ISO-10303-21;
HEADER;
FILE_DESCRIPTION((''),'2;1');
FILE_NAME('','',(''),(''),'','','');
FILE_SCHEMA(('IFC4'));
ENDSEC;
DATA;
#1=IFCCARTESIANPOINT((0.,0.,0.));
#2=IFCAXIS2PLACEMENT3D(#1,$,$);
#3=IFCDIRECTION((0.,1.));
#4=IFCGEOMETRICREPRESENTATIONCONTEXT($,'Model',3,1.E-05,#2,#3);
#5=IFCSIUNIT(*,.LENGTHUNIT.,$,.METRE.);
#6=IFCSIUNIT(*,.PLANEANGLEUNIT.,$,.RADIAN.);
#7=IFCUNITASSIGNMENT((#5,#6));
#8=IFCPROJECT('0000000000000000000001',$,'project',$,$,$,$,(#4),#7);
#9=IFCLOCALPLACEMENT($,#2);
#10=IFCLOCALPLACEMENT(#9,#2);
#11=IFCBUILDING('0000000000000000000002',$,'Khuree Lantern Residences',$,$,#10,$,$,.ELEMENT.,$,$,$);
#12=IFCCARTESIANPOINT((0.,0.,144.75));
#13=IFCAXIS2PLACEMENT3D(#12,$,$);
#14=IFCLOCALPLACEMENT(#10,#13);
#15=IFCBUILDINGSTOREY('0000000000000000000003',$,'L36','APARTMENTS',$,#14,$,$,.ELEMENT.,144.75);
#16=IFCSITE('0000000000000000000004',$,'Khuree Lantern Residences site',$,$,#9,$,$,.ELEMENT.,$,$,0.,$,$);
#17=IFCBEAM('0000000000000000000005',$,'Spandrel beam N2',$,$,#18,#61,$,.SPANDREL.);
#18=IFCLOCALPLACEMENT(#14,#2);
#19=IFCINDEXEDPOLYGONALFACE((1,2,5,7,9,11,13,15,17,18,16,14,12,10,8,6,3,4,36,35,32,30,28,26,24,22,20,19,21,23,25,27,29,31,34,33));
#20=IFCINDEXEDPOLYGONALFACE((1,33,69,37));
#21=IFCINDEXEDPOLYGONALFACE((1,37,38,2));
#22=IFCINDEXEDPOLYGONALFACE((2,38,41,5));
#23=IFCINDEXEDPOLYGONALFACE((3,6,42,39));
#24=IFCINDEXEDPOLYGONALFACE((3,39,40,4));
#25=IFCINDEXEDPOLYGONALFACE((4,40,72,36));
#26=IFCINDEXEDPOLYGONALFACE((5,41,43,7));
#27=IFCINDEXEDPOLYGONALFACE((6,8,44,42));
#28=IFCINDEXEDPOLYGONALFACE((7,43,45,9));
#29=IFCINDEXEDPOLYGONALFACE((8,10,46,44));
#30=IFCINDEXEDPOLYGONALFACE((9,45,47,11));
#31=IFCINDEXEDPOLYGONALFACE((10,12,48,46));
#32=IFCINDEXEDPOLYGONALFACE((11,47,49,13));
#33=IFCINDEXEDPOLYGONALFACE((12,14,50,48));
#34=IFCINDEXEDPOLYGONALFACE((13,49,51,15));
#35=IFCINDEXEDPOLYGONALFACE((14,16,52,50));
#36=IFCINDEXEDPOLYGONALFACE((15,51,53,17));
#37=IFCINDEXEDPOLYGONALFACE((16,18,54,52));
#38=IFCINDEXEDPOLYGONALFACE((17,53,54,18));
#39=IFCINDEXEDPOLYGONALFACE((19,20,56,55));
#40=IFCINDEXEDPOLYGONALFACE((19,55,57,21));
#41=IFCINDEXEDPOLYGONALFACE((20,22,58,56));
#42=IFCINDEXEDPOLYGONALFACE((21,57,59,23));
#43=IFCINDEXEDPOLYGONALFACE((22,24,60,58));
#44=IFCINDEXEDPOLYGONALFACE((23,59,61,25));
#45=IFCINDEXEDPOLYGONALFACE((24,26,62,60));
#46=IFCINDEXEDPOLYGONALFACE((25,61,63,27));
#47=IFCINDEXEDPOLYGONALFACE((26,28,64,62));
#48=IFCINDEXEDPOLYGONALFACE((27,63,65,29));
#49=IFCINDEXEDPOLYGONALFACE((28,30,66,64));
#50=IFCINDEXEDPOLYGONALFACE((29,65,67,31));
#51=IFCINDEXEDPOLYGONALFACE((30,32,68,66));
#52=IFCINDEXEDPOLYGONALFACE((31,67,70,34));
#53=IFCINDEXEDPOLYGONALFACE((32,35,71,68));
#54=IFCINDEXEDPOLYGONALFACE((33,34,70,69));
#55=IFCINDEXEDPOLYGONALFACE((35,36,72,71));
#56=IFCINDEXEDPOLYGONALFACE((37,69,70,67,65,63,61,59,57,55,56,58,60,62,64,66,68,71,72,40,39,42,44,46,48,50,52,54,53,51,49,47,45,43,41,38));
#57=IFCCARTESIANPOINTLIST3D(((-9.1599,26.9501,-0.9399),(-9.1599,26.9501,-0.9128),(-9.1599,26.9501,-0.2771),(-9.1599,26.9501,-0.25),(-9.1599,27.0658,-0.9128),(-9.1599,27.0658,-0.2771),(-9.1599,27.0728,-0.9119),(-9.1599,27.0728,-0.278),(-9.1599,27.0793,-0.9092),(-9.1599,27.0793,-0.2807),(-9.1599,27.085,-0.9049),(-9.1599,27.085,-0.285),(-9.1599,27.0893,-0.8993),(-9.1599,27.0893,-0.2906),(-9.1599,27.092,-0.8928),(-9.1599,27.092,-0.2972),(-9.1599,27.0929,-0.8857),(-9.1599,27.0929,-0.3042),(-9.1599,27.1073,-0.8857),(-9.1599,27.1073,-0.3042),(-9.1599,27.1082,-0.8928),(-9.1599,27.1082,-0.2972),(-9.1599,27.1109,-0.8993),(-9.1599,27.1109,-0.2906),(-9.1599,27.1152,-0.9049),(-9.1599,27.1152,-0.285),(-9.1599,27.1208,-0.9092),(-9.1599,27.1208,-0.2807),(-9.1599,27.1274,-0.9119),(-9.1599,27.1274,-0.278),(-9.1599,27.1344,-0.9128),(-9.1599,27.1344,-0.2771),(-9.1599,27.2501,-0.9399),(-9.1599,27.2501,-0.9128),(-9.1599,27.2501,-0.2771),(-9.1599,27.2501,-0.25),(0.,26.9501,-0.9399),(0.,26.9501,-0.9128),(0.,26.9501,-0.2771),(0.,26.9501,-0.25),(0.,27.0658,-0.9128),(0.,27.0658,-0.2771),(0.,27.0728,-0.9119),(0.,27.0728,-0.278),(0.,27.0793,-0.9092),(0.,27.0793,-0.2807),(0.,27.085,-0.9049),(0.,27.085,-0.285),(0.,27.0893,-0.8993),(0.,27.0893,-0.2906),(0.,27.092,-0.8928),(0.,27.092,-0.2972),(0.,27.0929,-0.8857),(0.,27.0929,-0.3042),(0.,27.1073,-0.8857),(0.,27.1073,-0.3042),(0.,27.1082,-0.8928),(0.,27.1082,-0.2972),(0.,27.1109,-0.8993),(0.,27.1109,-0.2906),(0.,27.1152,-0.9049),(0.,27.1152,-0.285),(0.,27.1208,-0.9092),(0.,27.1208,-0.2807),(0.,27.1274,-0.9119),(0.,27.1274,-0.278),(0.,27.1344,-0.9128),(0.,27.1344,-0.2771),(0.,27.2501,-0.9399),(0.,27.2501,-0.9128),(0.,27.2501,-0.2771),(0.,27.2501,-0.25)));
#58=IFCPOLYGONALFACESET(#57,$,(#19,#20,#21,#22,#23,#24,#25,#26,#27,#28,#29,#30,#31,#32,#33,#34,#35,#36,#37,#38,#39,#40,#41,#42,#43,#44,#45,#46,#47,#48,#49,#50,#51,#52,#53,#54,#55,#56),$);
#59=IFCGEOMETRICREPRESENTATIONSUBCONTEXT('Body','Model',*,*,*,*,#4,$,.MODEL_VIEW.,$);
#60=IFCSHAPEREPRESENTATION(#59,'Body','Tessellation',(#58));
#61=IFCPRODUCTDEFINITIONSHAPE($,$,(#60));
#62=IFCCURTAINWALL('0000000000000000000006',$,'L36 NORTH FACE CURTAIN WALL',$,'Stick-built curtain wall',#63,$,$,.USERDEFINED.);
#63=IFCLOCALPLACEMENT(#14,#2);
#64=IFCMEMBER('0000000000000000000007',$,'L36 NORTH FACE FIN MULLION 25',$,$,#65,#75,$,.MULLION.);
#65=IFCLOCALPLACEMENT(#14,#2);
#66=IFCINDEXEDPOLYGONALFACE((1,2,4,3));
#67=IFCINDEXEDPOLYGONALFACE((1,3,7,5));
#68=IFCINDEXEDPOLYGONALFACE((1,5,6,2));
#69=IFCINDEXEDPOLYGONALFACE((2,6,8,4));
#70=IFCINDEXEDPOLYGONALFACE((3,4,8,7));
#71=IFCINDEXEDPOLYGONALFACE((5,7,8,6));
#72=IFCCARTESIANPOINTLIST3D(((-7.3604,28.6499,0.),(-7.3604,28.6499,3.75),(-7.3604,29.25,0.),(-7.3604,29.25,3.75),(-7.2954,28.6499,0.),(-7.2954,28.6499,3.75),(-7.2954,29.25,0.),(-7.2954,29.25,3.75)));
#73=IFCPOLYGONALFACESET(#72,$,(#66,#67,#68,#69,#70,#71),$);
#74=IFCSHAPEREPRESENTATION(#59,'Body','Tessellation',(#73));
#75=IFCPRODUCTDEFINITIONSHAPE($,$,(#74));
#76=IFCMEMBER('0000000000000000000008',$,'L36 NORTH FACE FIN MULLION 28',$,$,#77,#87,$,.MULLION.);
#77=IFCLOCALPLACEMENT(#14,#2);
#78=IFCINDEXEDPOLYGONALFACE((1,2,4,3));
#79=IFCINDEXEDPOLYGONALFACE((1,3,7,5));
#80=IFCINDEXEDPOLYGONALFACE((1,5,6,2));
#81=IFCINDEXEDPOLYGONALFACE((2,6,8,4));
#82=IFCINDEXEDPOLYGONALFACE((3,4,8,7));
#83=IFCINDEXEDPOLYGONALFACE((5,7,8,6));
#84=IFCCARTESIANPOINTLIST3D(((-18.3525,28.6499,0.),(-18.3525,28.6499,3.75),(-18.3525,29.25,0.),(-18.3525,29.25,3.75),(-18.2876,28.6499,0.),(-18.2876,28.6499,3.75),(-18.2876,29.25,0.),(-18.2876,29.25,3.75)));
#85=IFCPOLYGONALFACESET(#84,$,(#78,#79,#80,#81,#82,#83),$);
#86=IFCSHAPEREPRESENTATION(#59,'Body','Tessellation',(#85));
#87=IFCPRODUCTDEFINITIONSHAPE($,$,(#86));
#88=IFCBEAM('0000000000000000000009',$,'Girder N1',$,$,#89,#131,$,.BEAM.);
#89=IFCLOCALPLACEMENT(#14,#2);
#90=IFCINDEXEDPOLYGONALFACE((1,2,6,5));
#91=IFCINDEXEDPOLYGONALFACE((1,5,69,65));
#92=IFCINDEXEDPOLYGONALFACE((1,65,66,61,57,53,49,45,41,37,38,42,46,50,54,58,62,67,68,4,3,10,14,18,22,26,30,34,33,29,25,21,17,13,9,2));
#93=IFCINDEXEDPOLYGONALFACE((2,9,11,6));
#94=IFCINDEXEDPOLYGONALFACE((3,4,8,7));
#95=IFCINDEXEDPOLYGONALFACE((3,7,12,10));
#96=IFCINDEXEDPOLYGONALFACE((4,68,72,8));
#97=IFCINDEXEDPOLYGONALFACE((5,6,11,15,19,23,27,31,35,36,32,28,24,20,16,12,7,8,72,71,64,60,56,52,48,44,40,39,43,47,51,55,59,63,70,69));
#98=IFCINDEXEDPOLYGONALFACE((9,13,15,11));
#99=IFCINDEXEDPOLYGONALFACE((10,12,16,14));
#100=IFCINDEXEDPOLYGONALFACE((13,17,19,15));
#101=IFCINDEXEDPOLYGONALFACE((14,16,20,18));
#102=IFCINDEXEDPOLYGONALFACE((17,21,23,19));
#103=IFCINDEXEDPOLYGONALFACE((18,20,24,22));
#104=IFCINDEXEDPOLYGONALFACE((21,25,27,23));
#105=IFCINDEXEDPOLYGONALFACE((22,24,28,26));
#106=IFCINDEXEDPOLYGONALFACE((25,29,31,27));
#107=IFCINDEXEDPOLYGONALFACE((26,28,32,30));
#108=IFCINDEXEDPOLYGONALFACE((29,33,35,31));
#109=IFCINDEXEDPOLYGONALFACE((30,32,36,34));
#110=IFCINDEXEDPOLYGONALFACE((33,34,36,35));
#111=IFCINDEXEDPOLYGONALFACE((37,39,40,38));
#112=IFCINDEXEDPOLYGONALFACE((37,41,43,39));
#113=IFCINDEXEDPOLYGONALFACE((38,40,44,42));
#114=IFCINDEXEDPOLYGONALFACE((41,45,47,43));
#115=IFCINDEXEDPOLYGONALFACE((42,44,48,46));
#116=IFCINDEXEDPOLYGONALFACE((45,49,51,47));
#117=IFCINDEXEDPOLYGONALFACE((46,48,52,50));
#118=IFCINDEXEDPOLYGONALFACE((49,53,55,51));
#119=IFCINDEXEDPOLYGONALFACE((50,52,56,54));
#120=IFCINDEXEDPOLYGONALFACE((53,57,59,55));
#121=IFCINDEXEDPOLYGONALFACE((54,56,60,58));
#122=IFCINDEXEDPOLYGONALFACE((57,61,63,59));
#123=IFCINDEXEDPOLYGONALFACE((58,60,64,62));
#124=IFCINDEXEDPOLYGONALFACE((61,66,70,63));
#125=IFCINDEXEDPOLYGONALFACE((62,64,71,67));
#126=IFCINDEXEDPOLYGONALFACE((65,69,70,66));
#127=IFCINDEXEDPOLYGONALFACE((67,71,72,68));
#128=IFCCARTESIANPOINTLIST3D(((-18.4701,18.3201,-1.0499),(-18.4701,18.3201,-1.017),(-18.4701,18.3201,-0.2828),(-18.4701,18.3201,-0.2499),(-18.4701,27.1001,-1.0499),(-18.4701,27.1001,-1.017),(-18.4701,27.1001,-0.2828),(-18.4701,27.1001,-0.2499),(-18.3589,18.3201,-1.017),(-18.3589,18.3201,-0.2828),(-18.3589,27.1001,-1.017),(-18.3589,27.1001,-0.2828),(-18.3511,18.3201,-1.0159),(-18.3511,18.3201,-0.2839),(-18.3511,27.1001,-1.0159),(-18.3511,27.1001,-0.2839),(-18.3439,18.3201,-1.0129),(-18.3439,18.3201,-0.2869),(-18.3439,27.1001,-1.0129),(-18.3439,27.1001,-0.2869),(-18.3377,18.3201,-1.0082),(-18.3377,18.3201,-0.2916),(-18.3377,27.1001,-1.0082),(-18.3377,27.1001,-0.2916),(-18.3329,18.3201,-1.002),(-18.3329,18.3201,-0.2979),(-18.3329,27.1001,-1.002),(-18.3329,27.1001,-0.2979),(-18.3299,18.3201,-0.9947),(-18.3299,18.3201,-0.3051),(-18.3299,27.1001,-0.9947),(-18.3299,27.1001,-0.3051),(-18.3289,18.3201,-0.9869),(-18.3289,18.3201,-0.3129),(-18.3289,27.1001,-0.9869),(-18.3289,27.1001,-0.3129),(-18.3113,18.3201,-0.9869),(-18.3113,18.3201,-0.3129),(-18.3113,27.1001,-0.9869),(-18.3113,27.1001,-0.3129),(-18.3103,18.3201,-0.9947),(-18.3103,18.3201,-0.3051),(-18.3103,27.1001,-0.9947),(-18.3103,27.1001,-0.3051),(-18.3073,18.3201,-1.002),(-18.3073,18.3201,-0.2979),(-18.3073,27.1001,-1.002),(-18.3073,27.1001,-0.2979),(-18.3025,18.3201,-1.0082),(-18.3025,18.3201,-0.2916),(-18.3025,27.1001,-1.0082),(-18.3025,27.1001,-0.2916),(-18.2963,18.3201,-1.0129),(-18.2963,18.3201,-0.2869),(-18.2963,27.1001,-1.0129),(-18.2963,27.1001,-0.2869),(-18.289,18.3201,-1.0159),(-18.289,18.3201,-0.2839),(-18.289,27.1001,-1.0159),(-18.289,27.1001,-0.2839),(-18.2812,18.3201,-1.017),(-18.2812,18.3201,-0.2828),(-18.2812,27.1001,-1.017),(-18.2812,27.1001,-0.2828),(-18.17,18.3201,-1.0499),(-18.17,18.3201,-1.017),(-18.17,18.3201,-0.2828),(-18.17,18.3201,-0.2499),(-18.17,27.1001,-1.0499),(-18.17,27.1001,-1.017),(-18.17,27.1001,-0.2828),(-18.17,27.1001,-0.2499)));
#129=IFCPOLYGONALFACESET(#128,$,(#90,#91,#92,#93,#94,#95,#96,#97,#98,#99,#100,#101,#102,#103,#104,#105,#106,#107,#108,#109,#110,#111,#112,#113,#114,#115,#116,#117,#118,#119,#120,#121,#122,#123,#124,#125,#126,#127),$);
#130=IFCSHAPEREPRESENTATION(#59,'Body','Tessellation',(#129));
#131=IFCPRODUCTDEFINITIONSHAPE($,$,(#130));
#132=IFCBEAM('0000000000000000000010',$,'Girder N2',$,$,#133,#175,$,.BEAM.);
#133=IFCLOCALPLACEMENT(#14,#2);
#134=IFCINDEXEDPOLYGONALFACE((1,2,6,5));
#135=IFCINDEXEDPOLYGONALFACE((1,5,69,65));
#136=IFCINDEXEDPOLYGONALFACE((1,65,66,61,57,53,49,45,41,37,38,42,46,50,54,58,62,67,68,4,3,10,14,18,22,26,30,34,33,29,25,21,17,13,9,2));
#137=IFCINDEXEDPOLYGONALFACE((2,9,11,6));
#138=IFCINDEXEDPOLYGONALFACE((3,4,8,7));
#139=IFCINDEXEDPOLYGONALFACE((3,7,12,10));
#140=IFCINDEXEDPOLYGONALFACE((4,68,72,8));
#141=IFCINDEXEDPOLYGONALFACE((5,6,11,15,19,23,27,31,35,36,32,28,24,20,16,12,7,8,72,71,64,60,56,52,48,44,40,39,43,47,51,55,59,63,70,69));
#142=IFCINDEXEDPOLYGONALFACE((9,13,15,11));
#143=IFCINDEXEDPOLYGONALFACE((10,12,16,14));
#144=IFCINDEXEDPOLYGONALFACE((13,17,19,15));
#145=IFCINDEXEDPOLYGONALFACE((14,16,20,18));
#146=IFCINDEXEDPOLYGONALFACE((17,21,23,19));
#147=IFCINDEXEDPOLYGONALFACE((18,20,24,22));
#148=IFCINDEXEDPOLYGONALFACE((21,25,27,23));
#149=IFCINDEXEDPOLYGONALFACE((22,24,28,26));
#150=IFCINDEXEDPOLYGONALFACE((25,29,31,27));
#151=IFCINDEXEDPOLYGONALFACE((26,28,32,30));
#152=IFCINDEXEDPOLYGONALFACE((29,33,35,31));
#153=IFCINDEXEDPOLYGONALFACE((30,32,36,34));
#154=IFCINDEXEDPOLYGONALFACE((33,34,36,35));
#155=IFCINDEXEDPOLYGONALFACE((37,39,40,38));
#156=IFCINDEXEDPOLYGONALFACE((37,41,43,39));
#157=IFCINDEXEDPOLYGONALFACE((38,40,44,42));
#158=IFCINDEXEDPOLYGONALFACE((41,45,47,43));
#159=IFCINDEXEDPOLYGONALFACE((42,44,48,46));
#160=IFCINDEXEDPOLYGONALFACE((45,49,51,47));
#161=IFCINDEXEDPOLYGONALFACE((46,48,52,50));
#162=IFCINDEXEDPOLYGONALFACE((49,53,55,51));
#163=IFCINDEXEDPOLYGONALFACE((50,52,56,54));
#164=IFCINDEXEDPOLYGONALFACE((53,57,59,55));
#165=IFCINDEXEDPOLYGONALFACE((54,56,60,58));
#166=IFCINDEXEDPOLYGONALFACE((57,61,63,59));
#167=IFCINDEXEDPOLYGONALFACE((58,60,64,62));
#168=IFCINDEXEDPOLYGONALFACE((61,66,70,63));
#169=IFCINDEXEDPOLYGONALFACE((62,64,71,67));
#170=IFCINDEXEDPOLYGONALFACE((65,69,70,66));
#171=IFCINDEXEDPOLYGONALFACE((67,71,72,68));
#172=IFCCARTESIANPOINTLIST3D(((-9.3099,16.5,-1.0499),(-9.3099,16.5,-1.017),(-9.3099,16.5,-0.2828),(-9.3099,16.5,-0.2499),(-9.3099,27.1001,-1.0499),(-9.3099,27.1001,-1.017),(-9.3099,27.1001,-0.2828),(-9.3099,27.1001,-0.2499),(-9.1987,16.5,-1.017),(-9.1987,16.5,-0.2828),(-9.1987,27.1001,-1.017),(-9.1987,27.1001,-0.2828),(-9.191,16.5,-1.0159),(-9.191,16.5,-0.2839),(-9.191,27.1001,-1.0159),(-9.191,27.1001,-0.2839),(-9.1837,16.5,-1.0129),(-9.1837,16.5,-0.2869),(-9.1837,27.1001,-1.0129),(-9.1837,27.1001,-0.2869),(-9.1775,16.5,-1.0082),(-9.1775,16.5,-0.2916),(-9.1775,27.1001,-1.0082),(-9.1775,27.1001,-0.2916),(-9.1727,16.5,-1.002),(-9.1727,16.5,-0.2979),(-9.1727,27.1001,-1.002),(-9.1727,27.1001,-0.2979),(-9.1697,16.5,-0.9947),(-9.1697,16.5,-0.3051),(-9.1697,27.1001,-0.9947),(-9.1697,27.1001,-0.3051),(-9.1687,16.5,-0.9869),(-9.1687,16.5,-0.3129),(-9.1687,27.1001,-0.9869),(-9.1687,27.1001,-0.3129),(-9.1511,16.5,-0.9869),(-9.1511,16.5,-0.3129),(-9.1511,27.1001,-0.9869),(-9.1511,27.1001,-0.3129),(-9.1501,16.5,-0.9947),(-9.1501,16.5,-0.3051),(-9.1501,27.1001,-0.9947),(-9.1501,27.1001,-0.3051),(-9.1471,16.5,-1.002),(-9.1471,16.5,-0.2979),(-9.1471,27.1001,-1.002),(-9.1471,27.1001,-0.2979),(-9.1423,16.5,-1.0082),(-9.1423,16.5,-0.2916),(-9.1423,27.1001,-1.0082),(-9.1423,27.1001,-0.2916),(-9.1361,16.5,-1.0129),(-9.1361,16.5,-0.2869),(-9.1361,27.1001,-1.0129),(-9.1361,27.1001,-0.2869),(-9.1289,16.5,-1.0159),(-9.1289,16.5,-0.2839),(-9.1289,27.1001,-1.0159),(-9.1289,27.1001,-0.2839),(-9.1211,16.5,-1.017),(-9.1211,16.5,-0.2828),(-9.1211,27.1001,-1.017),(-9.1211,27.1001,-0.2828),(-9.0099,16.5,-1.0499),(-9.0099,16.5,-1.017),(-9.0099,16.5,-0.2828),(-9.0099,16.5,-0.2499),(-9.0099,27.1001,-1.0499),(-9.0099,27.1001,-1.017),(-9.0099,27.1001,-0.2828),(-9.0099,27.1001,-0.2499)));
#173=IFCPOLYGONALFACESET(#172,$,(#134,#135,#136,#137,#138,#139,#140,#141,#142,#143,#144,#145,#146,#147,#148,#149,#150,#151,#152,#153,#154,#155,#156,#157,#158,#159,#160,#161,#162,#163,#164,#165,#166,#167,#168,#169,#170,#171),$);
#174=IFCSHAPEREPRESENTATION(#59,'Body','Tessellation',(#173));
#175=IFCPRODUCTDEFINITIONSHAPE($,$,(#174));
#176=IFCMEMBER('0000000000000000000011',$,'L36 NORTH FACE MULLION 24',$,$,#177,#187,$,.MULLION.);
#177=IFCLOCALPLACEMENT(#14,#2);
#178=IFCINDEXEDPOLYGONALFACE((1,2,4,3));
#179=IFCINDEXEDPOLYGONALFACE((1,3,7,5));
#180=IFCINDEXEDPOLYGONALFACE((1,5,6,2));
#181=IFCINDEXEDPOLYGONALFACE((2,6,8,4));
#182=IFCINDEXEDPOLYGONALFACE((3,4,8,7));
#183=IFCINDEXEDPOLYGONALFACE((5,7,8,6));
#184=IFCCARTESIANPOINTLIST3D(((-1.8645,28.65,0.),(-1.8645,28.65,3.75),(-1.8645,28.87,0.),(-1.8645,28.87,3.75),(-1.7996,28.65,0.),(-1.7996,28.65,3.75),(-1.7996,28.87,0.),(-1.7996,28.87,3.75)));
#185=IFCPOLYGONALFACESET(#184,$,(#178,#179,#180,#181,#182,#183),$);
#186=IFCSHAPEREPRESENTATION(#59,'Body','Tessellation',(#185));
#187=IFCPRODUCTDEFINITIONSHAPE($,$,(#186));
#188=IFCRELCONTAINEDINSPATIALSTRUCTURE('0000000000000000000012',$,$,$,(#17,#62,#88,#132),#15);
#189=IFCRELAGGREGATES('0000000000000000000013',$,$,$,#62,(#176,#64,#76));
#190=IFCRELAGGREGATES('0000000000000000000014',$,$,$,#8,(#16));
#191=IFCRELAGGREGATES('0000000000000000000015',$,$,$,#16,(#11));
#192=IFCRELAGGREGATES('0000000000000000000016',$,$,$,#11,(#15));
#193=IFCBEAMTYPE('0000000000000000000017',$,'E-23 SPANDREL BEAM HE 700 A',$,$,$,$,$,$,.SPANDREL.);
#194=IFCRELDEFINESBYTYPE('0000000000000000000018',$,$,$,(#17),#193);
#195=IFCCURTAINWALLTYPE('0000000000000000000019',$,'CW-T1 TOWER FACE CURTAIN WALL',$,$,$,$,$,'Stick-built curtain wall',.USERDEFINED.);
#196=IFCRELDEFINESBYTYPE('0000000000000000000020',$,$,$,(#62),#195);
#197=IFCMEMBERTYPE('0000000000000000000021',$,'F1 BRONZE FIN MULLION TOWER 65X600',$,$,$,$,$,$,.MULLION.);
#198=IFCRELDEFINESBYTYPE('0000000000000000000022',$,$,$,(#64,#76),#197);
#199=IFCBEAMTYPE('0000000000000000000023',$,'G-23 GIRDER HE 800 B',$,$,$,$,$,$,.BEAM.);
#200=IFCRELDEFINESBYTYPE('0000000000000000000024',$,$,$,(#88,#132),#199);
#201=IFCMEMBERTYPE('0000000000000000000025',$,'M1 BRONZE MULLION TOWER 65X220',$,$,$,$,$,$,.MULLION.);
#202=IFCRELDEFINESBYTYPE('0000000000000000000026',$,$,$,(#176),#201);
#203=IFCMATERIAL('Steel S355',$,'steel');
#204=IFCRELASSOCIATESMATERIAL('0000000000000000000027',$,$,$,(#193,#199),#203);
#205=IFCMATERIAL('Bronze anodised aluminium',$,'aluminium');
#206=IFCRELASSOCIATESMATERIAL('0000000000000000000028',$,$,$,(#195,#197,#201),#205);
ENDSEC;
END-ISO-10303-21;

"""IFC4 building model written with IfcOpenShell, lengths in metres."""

from ifc_helpers import new_model, si_unit, direction, frame, origin, origin_2d, place, context, subcontext, project, spatial, rectangle, i_section, extrude, material, material_profile, profile_set, type_object, element, aggregate, save


model = new_model("IFC4")

# Units and contexts
model_context = context("Model", 3, precision=1e-05, world=origin(), true_north=direction((0.0, 1.0)))
body_context = subcontext(model_context, "Body", "Model", "MODEL_VIEW")
ifc_project = project(units=[si_unit("LENGTHUNIT", "METRE"), si_unit("PLANEANGLEUNIT", "RADIAN")], contexts=[model_context])

# Site, building, storey
site_placement = place(None, origin())
site = spatial("IfcSite", under=ifc_project, at=site_placement, Name="Khuree Lantern Residences site", CompositionType="ELEMENT", RefElevation=0.0)
building_placement = place(site_placement, origin())
building = spatial("IfcBuilding", under=site, at=building_placement, Name="Khuree Lantern Residences", CompositionType="ELEMENT")
storey_placement = place(building_placement, frame((0.0, 0.0, 144.75)))
storey = spatial("IfcBuildingStorey", under=building, at=storey_placement, Name="L36", Description="APARTMENTS", CompositionType="ELEMENT", Elevation=144.75)

# Beam
ifc_material_1 = material(Name="Steel S355", Category="steel")
ifc_material_profile_1 = material_profile(ifc_material_1, i_section(OverallWidth=0.3, OverallDepth=0.6899, WebThickness=0.0144, FlangeThickness=0.0271, FilletRadius=0.0271, at=origin_2d()), Name="HE 700 A")
ifc_profile_set_1 = profile_set([ifc_material_profile_1], Name="Steel S355")
beam_type_1 = type_object("IfcBeamType", Name="E-23 SPANDREL BEAM HE 700 A", PredefinedType="SPANDREL", material=ifc_profile_set_1)
beam_1_placement = place(storey_placement, frame((-9.1599, 27.1001, -0.595), z_axis=(1.0, 0.0, 0.0), x_axis=(0.0, 1.0, 0.0)))
element("IfcBeam", 1, at=beam_1_placement, inside=storey, type_object=beam_type_1, Name="Spandrel beam N2", PredefinedType="SPANDREL", context=body_context, shape_type="SweptSolid", body=[
    extrude(i_section(OverallWidth=0.3, OverallDepth=0.6899, WebThickness=0.0144, FlangeThickness=0.0271, FilletRadius=0.0271, at=origin_2d()), origin(), (0.0, 0.0, 1.0), 9.1599),
])

# Curtain wall, members
ifc_material_2 = material(Name="Bronze anodised aluminium", Category="aluminium")
curtain_wall_type = type_object("IfcCurtainWallType", Name="CW-T1 TOWER FACE CURTAIN WALL", ElementType="Stick-built curtain wall", PredefinedType="USERDEFINED", material=ifc_material_2)
curtain_wall_placement = place(storey_placement, origin())
curtain_wall = element("IfcCurtainWall", 2, at=curtain_wall_placement, inside=storey, type_object=curtain_wall_type, Name="L36 NORTH FACE CURTAIN WALL", ObjectType="Stick-built curtain wall", PredefinedType="USERDEFINED")
ifc_material_profile_2 = material_profile(ifc_material_2, rectangle(XDim=0.0649, YDim=0.6001, at=origin_2d()), Name="F1 65X600")
ifc_profile_set_2 = profile_set([ifc_material_profile_2], Name="Bronze anodised aluminium")
member_type_1 = type_object("IfcMemberType", Name="F1 BRONZE FIN MULLION TOWER 65X600", PredefinedType="MULLION", material=ifc_profile_set_2)
member_1_placement = place(storey_placement, frame((-7.3279, 28.95, 0.0), z_axis=(0.0, 0.0, 1.0), x_axis=(-1.0, 0.0, 0.0)))
member_1 = element("IfcMember", 3, at=member_1_placement, type_object=member_type_1, Name="L36 NORTH FACE FIN MULLION 25", PredefinedType="MULLION", context=body_context, shape_type="SweptSolid", body=[
    extrude(rectangle(XDim=0.0649, YDim=0.6001, at=origin_2d()), origin(), (0.0, 0.0, 1.0), 3.75),
])
member_2_placement = place(storey_placement, frame((-18.3201, 28.95, 0.0), z_axis=(0.0, 0.0, 1.0), x_axis=(-1.0, 0.0, 0.0)))
member_2 = element("IfcMember", 4, at=member_2_placement, type_object=member_type_1, Name="L36 NORTH FACE FIN MULLION 28", PredefinedType="MULLION", context=body_context, shape_type="SweptSolid", body=[
    extrude(rectangle(XDim=0.0649, YDim=0.6001, at=origin_2d()), origin(), (0.0, 0.0, 1.0), 3.75),
])

# Beams
ifc_material_profile_3 = material_profile(ifc_material_1, i_section(OverallWidth=0.3, OverallDepth=0.8, WebThickness=0.0176, FlangeThickness=0.033, FilletRadius=0.03, at=origin_2d()), Name="HE 800 B")
ifc_profile_set_3 = profile_set([ifc_material_profile_3], Name="Steel S355")
beam_type_2 = type_object("IfcBeamType", Name="G-23 GIRDER HE 800 B", PredefinedType="BEAM", material=ifc_profile_set_3)
beam_2_placement = place(storey_placement, frame((-18.3201, 27.1001, -0.6499), z_axis=(0.0, -1.0, 0.0), x_axis=(1.0, 0.0, 0.0)))
element("IfcBeam", 5, at=beam_2_placement, inside=storey, type_object=beam_type_2, Name="Girder N1", PredefinedType="BEAM", context=body_context, shape_type="SweptSolid", body=[
    extrude(i_section(OverallWidth=0.3, OverallDepth=0.8, WebThickness=0.0176, FlangeThickness=0.033, FilletRadius=0.03, at=origin_2d()), origin(), (0.0, 0.0, 1.0), 8.78),
])
beam_3_placement = place(storey_placement, frame((-9.1599, 27.1001, -0.6499), z_axis=(0.0, -1.0, 0.0), x_axis=(1.0, 0.0, 0.0)))
element("IfcBeam", 6, at=beam_3_placement, inside=storey, type_object=beam_type_2, Name="Girder N2", PredefinedType="BEAM", context=body_context, shape_type="SweptSolid", body=[
    extrude(i_section(OverallWidth=0.3, OverallDepth=0.8, WebThickness=0.0176, FlangeThickness=0.033, FilletRadius=0.03, at=origin_2d()), origin(), (0.0, 0.0, 1.0), 10.6001),
])

# Member
ifc_material_profile_4 = material_profile(ifc_material_2, rectangle(XDim=0.0649, YDim=0.22, at=origin_2d()), Name="M1 65X220")
ifc_profile_set_4 = profile_set([ifc_material_profile_4], Name="Bronze anodised aluminium")
member_type_2 = type_object("IfcMemberType", Name="M1 BRONZE MULLION TOWER 65X220", PredefinedType="MULLION", material=ifc_profile_set_4)
member_3_placement = place(storey_placement, frame((-1.832, 28.76, 0.0), z_axis=(0.0, 0.0, 1.0), x_axis=(-1.0, 0.0, 0.0)))
member_3 = element("IfcMember", 7, at=member_3_placement, type_object=member_type_2, Name="L36 NORTH FACE MULLION 24", PredefinedType="MULLION", context=body_context, shape_type="SweptSolid", body=[
    extrude(rectangle(XDim=0.0649, YDim=0.22, at=origin_2d()), origin(), (0.0, 0.0, 1.0), 3.75),
])

aggregate(curtain_wall, [member_3, member_1, member_2])

save(model, "model.ifc")
